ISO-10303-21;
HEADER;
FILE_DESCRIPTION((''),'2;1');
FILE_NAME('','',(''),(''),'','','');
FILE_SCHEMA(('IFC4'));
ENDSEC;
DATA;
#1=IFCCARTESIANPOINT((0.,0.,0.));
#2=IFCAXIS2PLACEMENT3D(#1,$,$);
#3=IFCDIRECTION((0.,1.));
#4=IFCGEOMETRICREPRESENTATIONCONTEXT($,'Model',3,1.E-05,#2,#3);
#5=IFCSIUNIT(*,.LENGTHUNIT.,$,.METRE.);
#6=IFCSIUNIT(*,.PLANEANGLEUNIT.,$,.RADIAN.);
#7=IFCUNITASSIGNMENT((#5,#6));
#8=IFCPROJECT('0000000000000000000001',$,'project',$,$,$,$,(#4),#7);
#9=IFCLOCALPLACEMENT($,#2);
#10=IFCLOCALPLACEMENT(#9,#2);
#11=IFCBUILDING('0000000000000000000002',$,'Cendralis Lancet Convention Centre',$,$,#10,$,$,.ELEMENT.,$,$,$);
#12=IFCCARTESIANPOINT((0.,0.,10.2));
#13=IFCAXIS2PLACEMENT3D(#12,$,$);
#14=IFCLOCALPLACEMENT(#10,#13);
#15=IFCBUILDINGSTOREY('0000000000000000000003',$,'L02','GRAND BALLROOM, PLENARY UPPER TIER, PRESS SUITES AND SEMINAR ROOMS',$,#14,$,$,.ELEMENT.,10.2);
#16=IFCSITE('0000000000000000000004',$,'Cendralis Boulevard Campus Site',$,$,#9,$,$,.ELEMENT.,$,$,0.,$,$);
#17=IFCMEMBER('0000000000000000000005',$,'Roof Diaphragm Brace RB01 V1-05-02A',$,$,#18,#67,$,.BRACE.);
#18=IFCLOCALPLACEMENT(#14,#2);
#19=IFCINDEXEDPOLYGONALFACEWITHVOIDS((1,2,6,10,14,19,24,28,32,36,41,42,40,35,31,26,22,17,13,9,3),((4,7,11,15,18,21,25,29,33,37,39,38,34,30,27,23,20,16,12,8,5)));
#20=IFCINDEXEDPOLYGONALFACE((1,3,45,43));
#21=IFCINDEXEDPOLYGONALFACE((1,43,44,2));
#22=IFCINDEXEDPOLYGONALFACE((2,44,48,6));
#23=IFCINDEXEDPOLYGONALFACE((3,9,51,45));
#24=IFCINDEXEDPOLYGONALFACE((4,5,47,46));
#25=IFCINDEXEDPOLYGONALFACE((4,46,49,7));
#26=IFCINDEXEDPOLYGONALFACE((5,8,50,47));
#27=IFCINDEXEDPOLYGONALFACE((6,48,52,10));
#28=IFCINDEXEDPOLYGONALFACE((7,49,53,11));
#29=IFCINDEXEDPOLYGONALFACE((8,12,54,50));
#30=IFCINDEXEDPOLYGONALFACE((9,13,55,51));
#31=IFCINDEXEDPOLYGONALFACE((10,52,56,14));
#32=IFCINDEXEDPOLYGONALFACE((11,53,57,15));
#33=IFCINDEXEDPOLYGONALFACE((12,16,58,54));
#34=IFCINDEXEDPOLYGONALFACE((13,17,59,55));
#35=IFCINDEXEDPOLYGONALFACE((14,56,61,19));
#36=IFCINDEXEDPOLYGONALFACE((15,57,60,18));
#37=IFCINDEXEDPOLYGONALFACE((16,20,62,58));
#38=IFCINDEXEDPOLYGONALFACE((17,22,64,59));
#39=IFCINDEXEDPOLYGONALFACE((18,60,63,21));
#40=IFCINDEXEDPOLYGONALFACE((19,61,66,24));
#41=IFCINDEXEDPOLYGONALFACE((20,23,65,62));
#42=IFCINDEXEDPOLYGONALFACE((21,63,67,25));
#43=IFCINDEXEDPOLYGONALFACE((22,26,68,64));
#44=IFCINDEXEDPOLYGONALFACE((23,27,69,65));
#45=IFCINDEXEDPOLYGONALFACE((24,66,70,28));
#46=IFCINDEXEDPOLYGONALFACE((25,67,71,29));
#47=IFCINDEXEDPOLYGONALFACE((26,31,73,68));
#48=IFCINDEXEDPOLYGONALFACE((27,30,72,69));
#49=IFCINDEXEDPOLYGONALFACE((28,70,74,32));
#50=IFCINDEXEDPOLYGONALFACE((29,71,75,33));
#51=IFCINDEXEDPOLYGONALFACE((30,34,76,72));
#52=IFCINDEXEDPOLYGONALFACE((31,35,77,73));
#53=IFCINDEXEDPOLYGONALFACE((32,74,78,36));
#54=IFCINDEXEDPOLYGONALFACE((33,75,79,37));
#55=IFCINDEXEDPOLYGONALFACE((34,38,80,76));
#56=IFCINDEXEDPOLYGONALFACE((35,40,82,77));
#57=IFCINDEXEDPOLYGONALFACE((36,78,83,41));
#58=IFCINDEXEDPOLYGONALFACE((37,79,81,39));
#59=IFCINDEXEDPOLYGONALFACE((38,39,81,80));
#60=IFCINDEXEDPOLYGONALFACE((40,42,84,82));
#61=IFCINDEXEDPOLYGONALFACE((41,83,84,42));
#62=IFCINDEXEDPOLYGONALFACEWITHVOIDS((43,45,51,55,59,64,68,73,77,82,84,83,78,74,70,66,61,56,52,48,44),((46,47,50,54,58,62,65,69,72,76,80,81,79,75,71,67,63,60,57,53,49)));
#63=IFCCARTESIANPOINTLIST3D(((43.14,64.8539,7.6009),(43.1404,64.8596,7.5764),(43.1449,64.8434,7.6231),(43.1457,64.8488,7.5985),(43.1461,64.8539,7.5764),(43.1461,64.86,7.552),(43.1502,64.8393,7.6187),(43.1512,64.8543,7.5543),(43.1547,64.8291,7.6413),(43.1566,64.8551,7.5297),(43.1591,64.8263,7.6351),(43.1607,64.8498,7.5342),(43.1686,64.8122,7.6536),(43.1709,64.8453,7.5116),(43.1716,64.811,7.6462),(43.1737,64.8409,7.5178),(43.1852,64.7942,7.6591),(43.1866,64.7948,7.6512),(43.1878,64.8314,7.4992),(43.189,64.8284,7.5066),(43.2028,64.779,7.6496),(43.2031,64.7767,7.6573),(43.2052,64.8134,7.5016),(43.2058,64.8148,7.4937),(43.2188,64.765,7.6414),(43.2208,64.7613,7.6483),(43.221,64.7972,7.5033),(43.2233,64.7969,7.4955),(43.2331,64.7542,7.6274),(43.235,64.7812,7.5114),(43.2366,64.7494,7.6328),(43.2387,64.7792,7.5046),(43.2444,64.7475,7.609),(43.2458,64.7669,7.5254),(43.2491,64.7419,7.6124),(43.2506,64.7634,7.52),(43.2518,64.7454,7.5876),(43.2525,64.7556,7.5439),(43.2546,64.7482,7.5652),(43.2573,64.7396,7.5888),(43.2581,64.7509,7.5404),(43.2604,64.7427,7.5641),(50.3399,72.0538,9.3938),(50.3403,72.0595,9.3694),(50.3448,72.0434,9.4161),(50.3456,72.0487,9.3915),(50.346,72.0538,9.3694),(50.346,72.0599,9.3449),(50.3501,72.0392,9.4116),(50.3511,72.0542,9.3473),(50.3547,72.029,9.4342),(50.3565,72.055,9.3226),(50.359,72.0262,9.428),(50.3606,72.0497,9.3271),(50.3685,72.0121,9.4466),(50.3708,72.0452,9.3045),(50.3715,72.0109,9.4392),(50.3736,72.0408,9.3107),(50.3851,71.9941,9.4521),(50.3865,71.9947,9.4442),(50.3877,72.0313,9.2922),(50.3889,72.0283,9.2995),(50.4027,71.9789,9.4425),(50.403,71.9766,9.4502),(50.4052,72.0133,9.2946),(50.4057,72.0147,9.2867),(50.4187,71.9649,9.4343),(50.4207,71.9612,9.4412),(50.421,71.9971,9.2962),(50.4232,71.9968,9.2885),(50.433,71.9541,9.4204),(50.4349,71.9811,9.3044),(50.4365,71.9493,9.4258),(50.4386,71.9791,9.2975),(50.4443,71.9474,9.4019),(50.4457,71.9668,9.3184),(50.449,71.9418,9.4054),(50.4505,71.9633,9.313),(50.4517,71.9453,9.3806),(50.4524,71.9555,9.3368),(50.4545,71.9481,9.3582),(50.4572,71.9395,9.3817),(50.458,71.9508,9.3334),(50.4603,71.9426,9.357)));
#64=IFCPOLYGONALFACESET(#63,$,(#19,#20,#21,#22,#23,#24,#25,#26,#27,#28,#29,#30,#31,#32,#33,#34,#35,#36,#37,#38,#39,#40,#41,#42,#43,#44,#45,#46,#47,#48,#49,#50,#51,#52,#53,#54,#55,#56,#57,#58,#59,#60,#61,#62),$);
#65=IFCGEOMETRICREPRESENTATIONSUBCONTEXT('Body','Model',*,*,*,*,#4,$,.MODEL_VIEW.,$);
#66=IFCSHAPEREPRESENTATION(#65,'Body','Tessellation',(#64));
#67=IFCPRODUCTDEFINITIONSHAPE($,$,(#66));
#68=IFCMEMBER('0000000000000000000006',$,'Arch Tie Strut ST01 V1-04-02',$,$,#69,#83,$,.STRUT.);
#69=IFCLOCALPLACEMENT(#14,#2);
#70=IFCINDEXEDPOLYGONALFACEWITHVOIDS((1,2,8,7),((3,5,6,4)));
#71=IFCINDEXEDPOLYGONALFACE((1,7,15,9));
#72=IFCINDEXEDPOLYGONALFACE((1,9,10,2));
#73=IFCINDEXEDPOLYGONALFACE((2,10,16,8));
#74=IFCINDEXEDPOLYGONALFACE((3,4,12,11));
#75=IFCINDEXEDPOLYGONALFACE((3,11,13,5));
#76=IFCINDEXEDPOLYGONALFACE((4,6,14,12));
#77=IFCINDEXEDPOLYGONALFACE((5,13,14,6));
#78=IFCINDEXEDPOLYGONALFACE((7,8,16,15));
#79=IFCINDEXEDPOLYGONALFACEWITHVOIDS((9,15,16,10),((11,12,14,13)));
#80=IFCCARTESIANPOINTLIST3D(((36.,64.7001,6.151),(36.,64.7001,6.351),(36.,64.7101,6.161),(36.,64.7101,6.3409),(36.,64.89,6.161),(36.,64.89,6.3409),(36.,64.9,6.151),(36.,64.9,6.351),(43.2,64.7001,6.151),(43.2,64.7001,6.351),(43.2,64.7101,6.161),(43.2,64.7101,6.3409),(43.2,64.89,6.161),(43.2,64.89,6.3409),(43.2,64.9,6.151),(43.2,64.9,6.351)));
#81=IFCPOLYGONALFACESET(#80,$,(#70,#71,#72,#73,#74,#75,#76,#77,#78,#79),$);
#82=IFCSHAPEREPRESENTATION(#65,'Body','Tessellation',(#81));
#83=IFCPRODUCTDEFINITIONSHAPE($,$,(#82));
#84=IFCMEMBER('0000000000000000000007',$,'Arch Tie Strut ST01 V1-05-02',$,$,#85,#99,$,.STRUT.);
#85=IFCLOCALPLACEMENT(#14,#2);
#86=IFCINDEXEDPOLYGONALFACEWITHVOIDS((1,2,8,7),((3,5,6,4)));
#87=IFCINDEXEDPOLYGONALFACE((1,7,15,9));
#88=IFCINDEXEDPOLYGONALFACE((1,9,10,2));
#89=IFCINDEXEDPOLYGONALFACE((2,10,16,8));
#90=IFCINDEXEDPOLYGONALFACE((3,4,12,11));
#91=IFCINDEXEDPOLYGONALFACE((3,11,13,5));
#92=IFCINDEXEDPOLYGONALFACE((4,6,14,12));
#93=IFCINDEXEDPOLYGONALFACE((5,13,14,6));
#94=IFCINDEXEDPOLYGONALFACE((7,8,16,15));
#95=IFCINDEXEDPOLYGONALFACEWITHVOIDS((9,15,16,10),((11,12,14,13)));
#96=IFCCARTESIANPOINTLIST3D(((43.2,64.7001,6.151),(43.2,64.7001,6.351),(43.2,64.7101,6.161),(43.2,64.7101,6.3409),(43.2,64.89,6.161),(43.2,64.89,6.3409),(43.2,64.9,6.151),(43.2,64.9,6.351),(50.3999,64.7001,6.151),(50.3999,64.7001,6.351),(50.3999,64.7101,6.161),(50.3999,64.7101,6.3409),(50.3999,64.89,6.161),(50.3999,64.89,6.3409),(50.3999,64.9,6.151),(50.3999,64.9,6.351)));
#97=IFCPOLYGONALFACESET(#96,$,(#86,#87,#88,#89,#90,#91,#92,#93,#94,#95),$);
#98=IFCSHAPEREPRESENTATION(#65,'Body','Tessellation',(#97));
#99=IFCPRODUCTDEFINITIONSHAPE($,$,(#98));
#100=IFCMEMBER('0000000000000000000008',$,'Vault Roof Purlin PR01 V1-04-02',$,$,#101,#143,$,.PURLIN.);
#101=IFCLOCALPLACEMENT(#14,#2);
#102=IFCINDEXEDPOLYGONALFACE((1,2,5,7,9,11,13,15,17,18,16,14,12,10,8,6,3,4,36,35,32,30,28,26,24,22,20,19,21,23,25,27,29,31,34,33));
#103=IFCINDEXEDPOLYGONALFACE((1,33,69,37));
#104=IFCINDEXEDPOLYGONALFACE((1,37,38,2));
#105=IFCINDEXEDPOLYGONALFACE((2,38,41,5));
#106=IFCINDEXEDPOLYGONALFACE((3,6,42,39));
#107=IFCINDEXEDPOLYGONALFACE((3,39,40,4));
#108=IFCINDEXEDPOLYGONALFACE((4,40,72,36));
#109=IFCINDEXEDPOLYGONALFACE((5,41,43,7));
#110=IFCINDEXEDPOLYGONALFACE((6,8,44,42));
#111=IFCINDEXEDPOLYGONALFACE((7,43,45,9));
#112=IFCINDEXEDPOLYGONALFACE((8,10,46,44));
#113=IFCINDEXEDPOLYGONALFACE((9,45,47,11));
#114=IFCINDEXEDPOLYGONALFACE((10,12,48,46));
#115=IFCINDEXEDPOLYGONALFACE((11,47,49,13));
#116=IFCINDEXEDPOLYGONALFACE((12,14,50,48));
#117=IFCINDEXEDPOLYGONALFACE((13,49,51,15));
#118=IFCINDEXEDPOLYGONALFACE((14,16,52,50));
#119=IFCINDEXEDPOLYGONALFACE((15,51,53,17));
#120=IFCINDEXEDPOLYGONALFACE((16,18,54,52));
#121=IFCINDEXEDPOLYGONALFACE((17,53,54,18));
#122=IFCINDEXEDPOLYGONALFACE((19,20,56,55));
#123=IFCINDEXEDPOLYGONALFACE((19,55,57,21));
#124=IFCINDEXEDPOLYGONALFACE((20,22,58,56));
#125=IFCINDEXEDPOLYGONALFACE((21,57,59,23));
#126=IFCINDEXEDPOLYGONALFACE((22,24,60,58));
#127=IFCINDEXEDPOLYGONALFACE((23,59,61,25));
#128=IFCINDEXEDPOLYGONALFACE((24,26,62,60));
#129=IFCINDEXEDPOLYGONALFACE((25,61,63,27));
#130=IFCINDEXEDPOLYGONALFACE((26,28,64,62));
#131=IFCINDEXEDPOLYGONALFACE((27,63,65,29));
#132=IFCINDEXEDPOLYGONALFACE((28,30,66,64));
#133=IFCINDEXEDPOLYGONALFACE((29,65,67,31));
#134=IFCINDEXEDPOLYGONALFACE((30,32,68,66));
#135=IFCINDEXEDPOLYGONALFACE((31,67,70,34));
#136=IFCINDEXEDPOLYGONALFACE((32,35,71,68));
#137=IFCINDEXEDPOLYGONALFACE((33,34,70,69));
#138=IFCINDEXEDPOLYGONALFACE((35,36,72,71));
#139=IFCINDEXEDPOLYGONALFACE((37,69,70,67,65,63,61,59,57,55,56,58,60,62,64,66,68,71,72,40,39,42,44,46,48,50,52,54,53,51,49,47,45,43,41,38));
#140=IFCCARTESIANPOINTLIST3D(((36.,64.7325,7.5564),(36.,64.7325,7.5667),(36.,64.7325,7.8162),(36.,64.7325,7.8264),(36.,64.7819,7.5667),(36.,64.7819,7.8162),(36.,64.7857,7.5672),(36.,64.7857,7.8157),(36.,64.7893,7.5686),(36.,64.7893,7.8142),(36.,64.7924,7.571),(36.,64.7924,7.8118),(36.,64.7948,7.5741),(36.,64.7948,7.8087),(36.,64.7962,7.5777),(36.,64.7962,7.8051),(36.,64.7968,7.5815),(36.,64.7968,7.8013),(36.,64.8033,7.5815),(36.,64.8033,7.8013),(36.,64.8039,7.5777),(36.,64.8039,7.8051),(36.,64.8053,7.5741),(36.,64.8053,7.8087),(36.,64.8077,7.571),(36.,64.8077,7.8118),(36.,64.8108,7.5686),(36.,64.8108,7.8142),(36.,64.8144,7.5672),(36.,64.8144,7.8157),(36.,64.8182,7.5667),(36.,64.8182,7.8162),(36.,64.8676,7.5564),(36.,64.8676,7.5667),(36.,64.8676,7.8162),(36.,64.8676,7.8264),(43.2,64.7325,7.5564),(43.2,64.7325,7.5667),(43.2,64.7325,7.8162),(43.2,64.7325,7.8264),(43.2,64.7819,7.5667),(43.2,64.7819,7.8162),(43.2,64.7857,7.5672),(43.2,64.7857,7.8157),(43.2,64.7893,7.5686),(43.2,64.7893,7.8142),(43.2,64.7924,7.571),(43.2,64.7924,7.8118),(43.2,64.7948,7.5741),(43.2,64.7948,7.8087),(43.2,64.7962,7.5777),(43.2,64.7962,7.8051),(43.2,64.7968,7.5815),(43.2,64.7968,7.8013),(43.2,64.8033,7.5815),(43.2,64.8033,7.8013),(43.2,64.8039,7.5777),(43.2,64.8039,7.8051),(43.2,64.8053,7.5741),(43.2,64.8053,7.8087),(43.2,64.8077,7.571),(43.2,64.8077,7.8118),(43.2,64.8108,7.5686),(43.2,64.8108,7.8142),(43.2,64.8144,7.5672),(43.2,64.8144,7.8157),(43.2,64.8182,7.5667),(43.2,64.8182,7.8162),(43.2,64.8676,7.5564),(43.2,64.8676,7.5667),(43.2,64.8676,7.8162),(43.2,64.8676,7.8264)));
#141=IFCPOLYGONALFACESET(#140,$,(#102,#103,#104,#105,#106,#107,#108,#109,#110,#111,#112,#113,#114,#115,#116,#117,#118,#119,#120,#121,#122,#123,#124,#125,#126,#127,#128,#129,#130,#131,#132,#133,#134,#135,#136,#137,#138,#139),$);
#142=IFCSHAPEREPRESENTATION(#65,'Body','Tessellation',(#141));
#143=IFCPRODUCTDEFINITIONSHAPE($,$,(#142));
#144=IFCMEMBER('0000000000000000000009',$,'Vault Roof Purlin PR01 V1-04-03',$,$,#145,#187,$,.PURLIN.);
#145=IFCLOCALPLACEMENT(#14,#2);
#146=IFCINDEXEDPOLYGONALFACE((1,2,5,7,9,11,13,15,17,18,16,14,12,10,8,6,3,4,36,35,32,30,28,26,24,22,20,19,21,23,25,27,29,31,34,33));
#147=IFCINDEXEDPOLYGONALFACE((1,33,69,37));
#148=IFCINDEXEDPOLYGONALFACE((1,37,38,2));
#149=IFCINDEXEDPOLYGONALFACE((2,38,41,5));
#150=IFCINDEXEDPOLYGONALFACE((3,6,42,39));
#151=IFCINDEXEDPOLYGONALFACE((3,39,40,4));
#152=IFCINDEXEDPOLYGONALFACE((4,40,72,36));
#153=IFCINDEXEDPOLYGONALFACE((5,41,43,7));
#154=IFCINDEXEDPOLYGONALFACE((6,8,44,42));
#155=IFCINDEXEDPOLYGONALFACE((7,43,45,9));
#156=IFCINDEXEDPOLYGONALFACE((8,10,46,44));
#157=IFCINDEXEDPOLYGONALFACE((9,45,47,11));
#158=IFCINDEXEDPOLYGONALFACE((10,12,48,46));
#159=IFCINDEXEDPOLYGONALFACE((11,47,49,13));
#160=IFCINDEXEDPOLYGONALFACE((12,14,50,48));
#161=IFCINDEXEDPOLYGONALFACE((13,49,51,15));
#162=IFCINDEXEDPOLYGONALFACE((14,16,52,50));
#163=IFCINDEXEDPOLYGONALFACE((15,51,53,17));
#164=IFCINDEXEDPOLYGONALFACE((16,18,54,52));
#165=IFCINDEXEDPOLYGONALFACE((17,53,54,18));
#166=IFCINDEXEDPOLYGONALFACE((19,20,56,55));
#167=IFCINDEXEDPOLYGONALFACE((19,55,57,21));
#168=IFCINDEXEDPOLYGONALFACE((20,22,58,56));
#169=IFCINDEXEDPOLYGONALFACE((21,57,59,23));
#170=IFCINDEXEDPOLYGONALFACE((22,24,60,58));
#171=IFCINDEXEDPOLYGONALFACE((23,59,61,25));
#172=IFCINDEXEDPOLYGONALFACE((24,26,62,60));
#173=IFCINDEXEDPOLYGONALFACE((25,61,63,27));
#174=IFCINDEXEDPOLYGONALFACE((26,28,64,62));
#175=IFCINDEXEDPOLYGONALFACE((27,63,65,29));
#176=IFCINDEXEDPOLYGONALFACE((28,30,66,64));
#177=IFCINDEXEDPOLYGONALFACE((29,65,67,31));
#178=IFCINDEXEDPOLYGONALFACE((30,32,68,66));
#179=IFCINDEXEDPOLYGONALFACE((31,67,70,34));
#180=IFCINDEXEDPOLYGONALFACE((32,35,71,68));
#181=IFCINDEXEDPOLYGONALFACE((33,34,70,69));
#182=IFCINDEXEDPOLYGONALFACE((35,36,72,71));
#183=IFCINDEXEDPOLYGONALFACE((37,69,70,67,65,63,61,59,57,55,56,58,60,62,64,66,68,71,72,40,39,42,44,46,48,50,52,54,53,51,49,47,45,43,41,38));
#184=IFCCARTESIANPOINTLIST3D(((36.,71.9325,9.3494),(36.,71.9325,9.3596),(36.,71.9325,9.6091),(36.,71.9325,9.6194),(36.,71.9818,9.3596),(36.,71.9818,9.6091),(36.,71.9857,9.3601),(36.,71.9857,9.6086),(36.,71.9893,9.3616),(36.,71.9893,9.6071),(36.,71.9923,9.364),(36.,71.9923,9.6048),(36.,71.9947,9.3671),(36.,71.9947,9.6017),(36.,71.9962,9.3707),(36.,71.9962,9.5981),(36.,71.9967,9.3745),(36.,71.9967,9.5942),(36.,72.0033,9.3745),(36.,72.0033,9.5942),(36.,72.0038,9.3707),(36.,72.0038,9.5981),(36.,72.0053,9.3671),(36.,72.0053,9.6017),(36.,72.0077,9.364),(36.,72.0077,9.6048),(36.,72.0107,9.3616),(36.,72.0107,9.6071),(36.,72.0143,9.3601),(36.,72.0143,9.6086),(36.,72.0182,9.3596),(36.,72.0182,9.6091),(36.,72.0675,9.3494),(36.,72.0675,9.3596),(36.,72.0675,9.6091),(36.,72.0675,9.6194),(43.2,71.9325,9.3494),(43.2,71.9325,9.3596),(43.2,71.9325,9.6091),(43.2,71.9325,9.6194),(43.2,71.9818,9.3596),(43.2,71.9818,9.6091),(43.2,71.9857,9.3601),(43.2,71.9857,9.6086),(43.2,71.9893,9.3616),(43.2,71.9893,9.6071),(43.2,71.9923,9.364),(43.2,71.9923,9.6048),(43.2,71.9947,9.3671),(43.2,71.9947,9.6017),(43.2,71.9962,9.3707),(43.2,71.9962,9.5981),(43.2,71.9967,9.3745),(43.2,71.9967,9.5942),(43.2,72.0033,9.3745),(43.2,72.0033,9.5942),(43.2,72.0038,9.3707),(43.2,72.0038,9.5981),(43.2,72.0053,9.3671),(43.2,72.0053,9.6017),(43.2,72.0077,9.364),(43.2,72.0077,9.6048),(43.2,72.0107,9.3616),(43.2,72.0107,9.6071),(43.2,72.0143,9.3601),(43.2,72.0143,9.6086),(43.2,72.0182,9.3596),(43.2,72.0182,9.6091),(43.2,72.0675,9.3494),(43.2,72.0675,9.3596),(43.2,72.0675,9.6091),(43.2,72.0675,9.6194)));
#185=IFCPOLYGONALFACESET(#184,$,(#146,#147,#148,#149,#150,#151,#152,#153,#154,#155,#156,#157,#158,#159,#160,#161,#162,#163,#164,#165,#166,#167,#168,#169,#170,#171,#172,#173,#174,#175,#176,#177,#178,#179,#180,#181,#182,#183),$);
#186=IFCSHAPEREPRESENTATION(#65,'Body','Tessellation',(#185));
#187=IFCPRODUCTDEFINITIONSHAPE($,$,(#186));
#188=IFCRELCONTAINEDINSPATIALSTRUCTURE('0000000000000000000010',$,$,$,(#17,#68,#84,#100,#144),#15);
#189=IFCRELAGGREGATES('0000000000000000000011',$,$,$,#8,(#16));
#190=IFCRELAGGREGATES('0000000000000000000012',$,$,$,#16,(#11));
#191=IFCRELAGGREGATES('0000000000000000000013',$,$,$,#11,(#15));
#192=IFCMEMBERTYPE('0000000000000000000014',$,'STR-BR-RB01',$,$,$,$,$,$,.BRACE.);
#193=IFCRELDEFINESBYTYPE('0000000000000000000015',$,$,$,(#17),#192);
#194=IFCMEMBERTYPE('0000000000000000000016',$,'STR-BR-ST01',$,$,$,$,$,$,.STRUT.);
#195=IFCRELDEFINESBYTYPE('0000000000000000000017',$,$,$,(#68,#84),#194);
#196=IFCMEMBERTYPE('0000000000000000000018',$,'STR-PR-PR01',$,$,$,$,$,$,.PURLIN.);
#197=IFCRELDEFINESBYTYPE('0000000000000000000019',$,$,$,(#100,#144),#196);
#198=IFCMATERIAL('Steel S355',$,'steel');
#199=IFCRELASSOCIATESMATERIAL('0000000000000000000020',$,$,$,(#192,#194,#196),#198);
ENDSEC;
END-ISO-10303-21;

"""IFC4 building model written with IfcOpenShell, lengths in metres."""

from ifc_helpers import new_model, si_unit, direction, frame, origin, origin_2d, place, context, subcontext, project, spatial, hollow_rectangle, hollow_circle, i_section, extrude, material, material_profile, profile_set, type_object, element, save


model = new_model("IFC4")

# Units and contexts
model_context = context("Model", 3, precision=1e-05, world=origin(), true_north=direction((0.0, 1.0)))
body_context = subcontext(model_context, "Body", "Model", "MODEL_VIEW")
ifc_project = project(units=[si_unit("LENGTHUNIT", "METRE"), si_unit("PLANEANGLEUNIT", "RADIAN")], contexts=[model_context])

# Site, building, storey
site_placement = place(None, origin())
site = spatial("IfcSite", under=ifc_project, at=site_placement, Name="Cendralis Boulevard Campus Site", CompositionType="ELEMENT", RefElevation=0.0)
building_placement = place(site_placement, origin())
building = spatial("IfcBuilding", under=site, at=building_placement, Name="Cendralis Lancet Convention Centre", CompositionType="ELEMENT")
storey_placement = place(building_placement, frame((0.0, 0.0, 10.2)))
storey = spatial("IfcBuildingStorey", under=building, at=storey_placement, Name="L02", Description="GRAND BALLROOM, PLENARY UPPER TIER, PRESS SUITES AND SEMINAR ROOMS", CompositionType="ELEMENT", Elevation=10.2)

# Members
ifc_material = material(Name="Steel S355", Category="steel")
ifc_material_profile_1 = material_profile(ifc_material, hollow_circle(Radius=0.0842, WallThickness=0.0081, at=origin_2d()), Name="CHS 168.3x8.0")
ifc_profile_set_1 = profile_set([ifc_material_profile_1], Name="Steel S355")
member_type_1 = type_object("IfcMemberType", Name="STR-BR-RB01", PredefinedType="BRACE", material=ifc_profile_set_1)
member_1_placement = place(storey_placement, frame((43.2, 64.8, 7.5764), z_axis=(0.696393, 0.696393, 0.173419), x_axis=(-0.707107, 0.707107, 0.0)))
element("IfcMember", 1, at=member_1_placement, inside=storey, type_object=member_type_1, Name="Roof Diaphragm Brace RB01 V1-05-02A", PredefinedType="BRACE", context=body_context, shape_type="SweptSolid", body=[
    extrude(hollow_circle(Radius=0.0842, WallThickness=0.0081, at=origin_2d()), origin(), (0.0, 0.0, 1.0), 10.3389),
])
ifc_material_profile_2 = material_profile(ifc_material, hollow_rectangle(XDim=0.2, YDim=0.2, WallThickness=0.01, at=origin_2d()), Name="SHS 200x200x10.0")
ifc_profile_set_2 = profile_set([ifc_material_profile_2], Name="Steel S355")
member_type_2 = type_object("IfcMemberType", Name="STR-BR-ST01", PredefinedType="STRUT", material=ifc_profile_set_2)
for number, where, z_axis, x_axis, name in (
    (2, (36.0, 64.8, 6.251), (1.0, 0.0, 0.0), (0.0, 1.0, 0.0), "Arch Tie Strut ST01 V1-04-02"),
    (3, (43.2, 64.8, 6.251), (1.0, 0.0, 0.0), (0.0, 1.0, 0.0), "Arch Tie Strut ST01 V1-05-02"),
):
    element("IfcMember", number, at=place(storey_placement, frame(where, z_axis=z_axis, x_axis=x_axis)), inside=storey, type_object=member_type_2, Name=name, PredefinedType="STRUT", context=body_context, shape_type="SweptSolid", body=[
        extrude(hollow_rectangle(XDim=0.2, YDim=0.2, WallThickness=0.01, at=origin_2d()), origin(), (0.0, 0.0, 1.0), 7.2),
    ])
ifc_material_profile_3 = material_profile(ifc_material, i_section(OverallWidth=0.135, OverallDepth=0.27, WebThickness=0.0066, FlangeThickness=0.0103, FilletRadius=0.0149, at=origin_2d()), Name="IPE 270")
ifc_profile_set_3 = profile_set([ifc_material_profile_3], Name="Steel S355")
member_type_3 = type_object("IfcMemberType", Name="STR-PR-PR01", PredefinedType="PURLIN", material=ifc_profile_set_3)
for number, where, z_axis, x_axis, name in (
    (4, (36.0, 64.8, 7.6914), (1.0, 0.0, 0.0), (0.0, 1.0, 0.0), "Vault Roof Purlin PR01 V1-04-02"),
    (5, (36.0, 72.0, 9.4844), (1.0, 0.0, 0.0), (0.0, 1.0, 0.0), "Vault Roof Purlin PR01 V1-04-03"),
):
    element("IfcMember", number, at=place(storey_placement, frame(where, z_axis=z_axis, x_axis=x_axis)), inside=storey, type_object=member_type_3, Name=name, PredefinedType="PURLIN", context=body_context, shape_type="SweptSolid", body=[
        extrude(i_section(OverallWidth=0.135, OverallDepth=0.27, WebThickness=0.0066, FlangeThickness=0.0103, FilletRadius=0.0149, at=origin_2d()), origin(), (0.0, 0.0, 1.0), 7.2),
    ])

save(model, "model.ifc")
